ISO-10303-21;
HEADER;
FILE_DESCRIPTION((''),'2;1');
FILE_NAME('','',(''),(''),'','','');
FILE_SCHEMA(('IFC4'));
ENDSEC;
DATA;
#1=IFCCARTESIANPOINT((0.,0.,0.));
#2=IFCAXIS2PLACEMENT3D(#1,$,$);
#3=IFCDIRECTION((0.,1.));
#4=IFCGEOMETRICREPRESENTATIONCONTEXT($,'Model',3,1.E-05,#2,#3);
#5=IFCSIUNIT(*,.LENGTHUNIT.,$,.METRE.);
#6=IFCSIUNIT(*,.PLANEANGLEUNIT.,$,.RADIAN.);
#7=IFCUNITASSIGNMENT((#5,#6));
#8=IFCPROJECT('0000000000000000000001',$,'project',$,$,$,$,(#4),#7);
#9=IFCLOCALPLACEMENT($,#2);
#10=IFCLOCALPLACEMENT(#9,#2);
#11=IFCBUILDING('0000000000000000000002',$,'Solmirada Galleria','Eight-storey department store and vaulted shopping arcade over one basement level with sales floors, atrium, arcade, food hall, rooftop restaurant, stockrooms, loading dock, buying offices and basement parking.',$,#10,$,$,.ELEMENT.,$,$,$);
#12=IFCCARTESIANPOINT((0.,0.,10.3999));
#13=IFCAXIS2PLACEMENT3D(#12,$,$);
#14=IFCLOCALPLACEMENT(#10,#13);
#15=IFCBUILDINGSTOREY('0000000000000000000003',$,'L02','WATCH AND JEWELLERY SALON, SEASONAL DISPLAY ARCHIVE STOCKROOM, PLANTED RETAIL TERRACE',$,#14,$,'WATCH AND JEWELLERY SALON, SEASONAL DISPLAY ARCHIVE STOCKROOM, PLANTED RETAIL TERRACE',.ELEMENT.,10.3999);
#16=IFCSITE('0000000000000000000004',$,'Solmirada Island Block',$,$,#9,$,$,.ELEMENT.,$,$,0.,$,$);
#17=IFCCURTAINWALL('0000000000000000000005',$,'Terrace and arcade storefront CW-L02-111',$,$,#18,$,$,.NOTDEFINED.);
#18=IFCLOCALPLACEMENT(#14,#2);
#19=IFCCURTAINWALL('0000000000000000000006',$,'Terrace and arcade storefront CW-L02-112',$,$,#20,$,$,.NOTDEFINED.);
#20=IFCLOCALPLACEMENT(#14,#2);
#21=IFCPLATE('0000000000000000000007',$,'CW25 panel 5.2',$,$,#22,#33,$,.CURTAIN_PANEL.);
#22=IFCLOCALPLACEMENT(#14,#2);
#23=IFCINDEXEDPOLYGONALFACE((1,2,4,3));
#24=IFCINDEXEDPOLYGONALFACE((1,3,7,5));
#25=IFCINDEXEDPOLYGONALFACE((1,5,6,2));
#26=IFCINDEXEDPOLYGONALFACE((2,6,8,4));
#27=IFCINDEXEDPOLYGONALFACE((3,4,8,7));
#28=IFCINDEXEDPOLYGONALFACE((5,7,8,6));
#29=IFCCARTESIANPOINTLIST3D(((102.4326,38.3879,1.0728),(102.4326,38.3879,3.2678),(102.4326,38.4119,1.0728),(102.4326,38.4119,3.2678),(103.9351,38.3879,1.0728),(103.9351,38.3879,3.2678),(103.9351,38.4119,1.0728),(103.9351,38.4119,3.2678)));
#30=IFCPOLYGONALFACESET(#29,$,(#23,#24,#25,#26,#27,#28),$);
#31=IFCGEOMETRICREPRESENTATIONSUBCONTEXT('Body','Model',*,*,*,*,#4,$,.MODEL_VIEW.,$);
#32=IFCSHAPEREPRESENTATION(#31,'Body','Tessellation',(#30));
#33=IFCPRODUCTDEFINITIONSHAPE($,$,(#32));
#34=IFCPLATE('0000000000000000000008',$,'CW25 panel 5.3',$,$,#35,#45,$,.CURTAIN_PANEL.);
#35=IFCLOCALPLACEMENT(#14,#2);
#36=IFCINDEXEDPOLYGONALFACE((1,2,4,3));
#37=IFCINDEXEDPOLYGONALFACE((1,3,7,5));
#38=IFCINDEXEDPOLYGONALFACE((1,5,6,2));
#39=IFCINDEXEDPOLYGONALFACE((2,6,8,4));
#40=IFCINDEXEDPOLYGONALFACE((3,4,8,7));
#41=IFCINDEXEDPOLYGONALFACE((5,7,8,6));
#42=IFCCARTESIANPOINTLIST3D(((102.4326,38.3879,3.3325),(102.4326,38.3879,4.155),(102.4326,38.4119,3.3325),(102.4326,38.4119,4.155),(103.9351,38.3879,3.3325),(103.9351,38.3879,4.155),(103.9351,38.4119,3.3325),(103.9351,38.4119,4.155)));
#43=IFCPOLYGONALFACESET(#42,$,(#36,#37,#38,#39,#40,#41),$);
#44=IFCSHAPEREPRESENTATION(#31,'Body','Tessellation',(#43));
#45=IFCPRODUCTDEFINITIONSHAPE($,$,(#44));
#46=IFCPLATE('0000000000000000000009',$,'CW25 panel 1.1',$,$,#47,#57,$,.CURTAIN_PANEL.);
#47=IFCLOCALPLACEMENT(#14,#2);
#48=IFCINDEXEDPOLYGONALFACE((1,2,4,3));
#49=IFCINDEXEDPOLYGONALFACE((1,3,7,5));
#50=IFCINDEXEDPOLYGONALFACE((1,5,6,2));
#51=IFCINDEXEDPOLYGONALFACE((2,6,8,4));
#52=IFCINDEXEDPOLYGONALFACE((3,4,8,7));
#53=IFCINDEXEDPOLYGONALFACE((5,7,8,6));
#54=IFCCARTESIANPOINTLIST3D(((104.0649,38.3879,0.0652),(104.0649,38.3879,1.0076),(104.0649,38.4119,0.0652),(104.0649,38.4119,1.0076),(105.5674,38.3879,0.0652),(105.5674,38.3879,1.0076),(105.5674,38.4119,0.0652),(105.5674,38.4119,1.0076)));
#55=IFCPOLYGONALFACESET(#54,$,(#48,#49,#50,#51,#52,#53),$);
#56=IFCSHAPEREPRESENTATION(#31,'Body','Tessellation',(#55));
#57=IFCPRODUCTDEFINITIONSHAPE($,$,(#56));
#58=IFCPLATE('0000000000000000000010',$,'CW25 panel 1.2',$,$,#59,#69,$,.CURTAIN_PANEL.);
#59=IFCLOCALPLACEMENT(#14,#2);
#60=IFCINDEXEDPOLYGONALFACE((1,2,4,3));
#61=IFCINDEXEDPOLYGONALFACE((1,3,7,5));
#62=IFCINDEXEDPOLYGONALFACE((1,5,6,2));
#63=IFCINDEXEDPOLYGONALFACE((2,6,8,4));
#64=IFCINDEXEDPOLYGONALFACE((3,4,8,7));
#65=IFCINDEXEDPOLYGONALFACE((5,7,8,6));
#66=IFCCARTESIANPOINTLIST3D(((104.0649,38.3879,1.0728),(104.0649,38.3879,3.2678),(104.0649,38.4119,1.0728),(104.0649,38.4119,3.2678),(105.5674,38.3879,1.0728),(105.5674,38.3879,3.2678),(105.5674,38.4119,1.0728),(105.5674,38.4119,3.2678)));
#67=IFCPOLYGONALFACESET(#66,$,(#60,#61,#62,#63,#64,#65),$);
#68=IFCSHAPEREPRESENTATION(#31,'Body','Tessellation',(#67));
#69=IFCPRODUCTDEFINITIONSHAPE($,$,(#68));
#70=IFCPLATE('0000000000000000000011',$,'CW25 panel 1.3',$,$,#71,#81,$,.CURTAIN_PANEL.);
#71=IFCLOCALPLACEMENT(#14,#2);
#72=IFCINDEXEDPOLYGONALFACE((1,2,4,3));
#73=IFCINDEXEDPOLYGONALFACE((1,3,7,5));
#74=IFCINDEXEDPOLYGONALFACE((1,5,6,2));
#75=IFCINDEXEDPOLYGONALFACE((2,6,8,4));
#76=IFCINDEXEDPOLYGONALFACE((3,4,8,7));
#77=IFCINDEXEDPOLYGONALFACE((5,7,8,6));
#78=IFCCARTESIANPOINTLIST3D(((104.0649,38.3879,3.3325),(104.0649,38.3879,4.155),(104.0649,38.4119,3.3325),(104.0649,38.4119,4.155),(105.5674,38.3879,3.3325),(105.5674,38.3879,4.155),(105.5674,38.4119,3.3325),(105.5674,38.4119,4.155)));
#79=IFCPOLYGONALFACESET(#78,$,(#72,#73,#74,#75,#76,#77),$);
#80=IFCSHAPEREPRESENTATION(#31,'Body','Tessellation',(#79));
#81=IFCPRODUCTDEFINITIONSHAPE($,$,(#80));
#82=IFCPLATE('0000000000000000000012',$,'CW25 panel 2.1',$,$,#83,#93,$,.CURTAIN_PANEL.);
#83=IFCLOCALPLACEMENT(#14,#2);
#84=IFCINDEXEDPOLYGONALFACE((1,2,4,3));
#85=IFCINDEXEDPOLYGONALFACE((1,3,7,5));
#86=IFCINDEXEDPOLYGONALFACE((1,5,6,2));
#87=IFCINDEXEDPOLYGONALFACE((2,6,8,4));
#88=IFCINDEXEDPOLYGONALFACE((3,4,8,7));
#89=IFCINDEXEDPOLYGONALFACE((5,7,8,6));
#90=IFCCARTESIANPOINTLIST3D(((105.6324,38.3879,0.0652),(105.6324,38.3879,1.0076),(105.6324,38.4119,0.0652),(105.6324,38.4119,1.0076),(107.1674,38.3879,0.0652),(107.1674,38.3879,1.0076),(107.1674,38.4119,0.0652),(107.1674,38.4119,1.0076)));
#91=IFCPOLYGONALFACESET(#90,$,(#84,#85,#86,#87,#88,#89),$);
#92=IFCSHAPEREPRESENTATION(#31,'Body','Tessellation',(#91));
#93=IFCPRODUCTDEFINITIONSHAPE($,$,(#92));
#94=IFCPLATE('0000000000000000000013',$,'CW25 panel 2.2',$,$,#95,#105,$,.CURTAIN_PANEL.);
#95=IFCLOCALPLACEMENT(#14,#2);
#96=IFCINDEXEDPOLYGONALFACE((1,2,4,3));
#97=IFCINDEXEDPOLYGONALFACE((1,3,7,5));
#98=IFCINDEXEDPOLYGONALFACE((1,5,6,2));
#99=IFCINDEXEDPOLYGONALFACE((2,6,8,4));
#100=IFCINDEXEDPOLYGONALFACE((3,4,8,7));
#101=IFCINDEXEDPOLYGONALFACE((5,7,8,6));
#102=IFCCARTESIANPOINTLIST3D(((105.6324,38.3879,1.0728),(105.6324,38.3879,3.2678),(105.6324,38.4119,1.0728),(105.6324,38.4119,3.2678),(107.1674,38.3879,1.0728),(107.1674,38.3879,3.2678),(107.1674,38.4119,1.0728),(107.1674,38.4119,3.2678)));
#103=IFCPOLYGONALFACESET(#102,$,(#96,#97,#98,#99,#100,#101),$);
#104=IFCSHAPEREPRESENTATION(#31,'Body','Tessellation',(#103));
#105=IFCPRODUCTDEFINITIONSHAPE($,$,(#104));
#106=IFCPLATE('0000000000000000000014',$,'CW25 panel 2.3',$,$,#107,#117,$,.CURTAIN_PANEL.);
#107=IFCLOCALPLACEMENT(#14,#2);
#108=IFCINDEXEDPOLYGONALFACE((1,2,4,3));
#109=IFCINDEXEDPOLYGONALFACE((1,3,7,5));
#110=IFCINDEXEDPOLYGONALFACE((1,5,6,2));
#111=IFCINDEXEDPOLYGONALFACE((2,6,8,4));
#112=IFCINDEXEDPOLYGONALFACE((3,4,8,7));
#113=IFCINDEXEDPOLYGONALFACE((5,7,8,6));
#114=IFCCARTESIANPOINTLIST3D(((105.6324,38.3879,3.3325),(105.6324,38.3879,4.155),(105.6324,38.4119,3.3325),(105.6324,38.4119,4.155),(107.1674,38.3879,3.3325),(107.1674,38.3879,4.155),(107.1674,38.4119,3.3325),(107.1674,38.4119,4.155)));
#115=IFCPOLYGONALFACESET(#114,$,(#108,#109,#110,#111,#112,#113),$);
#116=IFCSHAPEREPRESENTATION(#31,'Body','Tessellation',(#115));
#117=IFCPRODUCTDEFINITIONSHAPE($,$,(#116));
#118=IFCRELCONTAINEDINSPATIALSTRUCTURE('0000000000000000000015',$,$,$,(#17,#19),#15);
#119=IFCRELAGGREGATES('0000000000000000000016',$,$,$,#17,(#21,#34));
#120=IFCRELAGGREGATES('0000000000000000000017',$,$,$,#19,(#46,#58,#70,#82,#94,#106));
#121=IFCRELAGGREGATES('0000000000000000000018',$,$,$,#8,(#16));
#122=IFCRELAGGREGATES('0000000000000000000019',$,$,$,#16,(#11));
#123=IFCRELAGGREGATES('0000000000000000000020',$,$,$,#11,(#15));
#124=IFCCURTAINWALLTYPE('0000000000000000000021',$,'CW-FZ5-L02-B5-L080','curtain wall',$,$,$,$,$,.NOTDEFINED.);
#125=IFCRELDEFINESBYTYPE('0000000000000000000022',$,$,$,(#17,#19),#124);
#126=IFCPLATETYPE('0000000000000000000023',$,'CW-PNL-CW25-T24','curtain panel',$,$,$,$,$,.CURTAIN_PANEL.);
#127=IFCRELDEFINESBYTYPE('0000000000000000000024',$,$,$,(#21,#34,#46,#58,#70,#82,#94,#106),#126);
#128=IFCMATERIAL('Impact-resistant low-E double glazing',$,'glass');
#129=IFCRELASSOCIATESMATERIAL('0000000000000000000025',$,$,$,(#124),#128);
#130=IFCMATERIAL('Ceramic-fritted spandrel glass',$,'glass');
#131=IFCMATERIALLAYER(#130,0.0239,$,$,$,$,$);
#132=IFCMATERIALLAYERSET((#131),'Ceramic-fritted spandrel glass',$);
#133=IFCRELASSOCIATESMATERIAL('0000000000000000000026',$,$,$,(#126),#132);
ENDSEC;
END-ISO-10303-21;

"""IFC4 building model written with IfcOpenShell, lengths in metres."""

from ifc_helpers import new_model, si_unit, direction, frame, origin, origin_2d, place, context, subcontext, project, spatial, rectangle, extrude, material, layer, layer_set, type_object, element, aggregate, save


model = new_model("IFC4")

# Units and contexts
model_context = context("Model", 3, precision=1e-05, world=origin(), true_north=direction((0.0, 1.0)))
body_context = subcontext(model_context, "Body", "Model", "MODEL_VIEW")
ifc_project = project(units=[si_unit("LENGTHUNIT", "METRE"), si_unit("PLANEANGLEUNIT", "RADIAN")], contexts=[model_context])

# Site, building, storey
site_placement = place(None, origin())
site = spatial("IfcSite", under=ifc_project, at=site_placement, Name="Solmirada Island Block", CompositionType="ELEMENT", RefElevation=0.0)
building_placement = place(site_placement, origin())
building = spatial("IfcBuilding", under=site, at=building_placement, Name="Solmirada Galleria", Description="Eight-storey department store and vaulted shopping arcade over one basement level with sales floors, atrium, arcade, food hall, rooftop restaurant, stockrooms, loading dock, buying offices and basement parking.", CompositionType="ELEMENT")
storey_placement = place(building_placement, frame((0.0, 0.0, 10.3999)))
storey = spatial("IfcBuildingStorey", under=building, at=storey_placement, Name="L02", Description="WATCH AND JEWELLERY SALON, SEASONAL DISPLAY ARCHIVE STOCKROOM, PLANTED RETAIL TERRACE", LongName="WATCH AND JEWELLERY SALON, SEASONAL DISPLAY ARCHIVE STOCKROOM, PLANTED RETAIL TERRACE", CompositionType="ELEMENT", Elevation=10.3999)

# Curtain walls
ifc_material_1 = material(Name="Impact-resistant low-E double glazing", Category="glass")
curtain_wall_type = type_object("IfcCurtainWallType", Name="CW-FZ5-L02-B5-L080", Description="curtain wall", PredefinedType="NOTDEFINED", material=ifc_material_1)
curtain_wall_1_placement = place(storey_placement, origin())
curtain_wall_1 = element("IfcCurtainWall", 1, at=curtain_wall_1_placement, inside=storey, type_object=curtain_wall_type, Name="Terrace and arcade storefront CW-L02-111", PredefinedType="NOTDEFINED")
curtain_wall_2_placement = place(storey_placement, origin())
curtain_wall_2 = element("IfcCurtainWall", 2, at=curtain_wall_2_placement, inside=storey, type_object=curtain_wall_type, Name="Terrace and arcade storefront CW-L02-112", PredefinedType="NOTDEFINED")

# Plates
ifc_material_2 = material(Name="Ceramic-fritted spandrel glass", Category="glass")
ifc_layer = layer(ifc_material_2, 0.0239)
ifc_layer_set = layer_set([ifc_layer], Name="Ceramic-fritted spandrel glass")
plate_type = type_object("IfcPlateType", Name="CW-PNL-CW25-T24", Description="curtain panel", PredefinedType="CURTAIN_PANEL", material=ifc_layer_set)
plate_1_placement = place(storey_placement, frame((103.1838, 38.3999, 1.0728), z_axis=(0.0, 0.0, 1.0), x_axis=(1.0, 0.0, 0.0)))
plate_1 = element("IfcPlate", 3, at=plate_1_placement, type_object=plate_type, Name="CW25 panel 5.2", PredefinedType="CURTAIN_PANEL", context=body_context, shape_type="SweptSolid", body=[
    extrude(rectangle(XDim=1.5024, YDim=0.0239, at=origin_2d()), origin(), (0.0, 0.0, 1.0), 2.1951),
])
plate_2_placement = place(storey_placement, frame((103.1838, 38.3999, 3.3325), z_axis=(0.0, 0.0, 1.0), x_axis=(1.0, 0.0, 0.0)))
plate_2 = element("IfcPlate", 4, at=plate_2_placement, type_object=plate_type, Name="CW25 panel 5.3", PredefinedType="CURTAIN_PANEL", context=body_context, shape_type="SweptSolid", body=[
    extrude(rectangle(XDim=1.5024, YDim=0.0239, at=origin_2d()), origin(), (0.0, 0.0, 1.0), 0.8225),
])
aggregate(curtain_wall_1, [plate_1, plate_2])
plate_3_placement = place(storey_placement, frame((104.8162, 38.3999, 0.0652), z_axis=(0.0, 0.0, 1.0), x_axis=(1.0, 0.0, 0.0)))
plate_3 = element("IfcPlate", 5, at=plate_3_placement, type_object=plate_type, Name="CW25 panel 1.1", PredefinedType="CURTAIN_PANEL", context=body_context, shape_type="SweptSolid", body=[
    extrude(rectangle(XDim=1.5024, YDim=0.0239, at=origin_2d()), origin(), (0.0, 0.0, 1.0), 0.9424),
])
plate_4_placement = place(storey_placement, frame((104.8162, 38.3999, 1.0728), z_axis=(0.0, 0.0, 1.0), x_axis=(1.0, 0.0, 0.0)))
plate_4 = element("IfcPlate", 6, at=plate_4_placement, type_object=plate_type, Name="CW25 panel 1.2", PredefinedType="CURTAIN_PANEL", context=body_context, shape_type="SweptSolid", body=[
    extrude(rectangle(XDim=1.5024, YDim=0.0239, at=origin_2d()), origin(), (0.0, 0.0, 1.0), 2.1951),
])
plate_5_placement = place(storey_placement, frame((104.8162, 38.3999, 3.3325), z_axis=(0.0, 0.0, 1.0), x_axis=(1.0, 0.0, 0.0)))
plate_5 = element("IfcPlate", 7, at=plate_5_placement, type_object=plate_type, Name="CW25 panel 1.3", PredefinedType="CURTAIN_PANEL", context=body_context, shape_type="SweptSolid", body=[
    extrude(rectangle(XDim=1.5024, YDim=0.0239, at=origin_2d()), origin(), (0.0, 0.0, 1.0), 0.8225),
])
plate_6_placement = place(storey_placement, frame((106.3999, 38.3999, 0.0652), z_axis=(0.0, 0.0, 1.0), x_axis=(1.0, 0.0, 0.0)))
plate_6 = element("IfcPlate", 8, at=plate_6_placement, type_object=plate_type, Name="CW25 panel 2.1", PredefinedType="CURTAIN_PANEL", context=body_context, shape_type="SweptSolid", body=[
    extrude(rectangle(XDim=1.5349, YDim=0.0239, at=origin_2d()), origin(), (0.0, 0.0, 1.0), 0.9424),
])
plate_7_placement = place(storey_placement, frame((106.3999, 38.3999, 1.0728), z_axis=(0.0, 0.0, 1.0), x_axis=(1.0, 0.0, 0.0)))
plate_7 = element("IfcPlate", 9, at=plate_7_placement, type_object=plate_type, Name="CW25 panel 2.2", PredefinedType="CURTAIN_PANEL", context=body_context, shape_type="SweptSolid", body=[
    extrude(rectangle(XDim=1.5349, YDim=0.0239, at=origin_2d()), origin(), (0.0, 0.0, 1.0), 2.1951),
])
plate_8_placement = place(storey_placement, frame((106.3999, 38.3999, 3.3325), z_axis=(0.0, 0.0, 1.0), x_axis=(1.0, 0.0, 0.0)))
plate_8 = element("IfcPlate", 10, at=plate_8_placement, type_object=plate_type, Name="CW25 panel 2.3", PredefinedType="CURTAIN_PANEL", context=body_context, shape_type="SweptSolid", body=[
    extrude(rectangle(XDim=1.5349, YDim=0.0239, at=origin_2d()), origin(), (0.0, 0.0, 1.0), 0.8225),
])
aggregate(curtain_wall_2, [plate_3, plate_4, plate_5, plate_6, plate_7, plate_8])

save(model, "model.ifc")
